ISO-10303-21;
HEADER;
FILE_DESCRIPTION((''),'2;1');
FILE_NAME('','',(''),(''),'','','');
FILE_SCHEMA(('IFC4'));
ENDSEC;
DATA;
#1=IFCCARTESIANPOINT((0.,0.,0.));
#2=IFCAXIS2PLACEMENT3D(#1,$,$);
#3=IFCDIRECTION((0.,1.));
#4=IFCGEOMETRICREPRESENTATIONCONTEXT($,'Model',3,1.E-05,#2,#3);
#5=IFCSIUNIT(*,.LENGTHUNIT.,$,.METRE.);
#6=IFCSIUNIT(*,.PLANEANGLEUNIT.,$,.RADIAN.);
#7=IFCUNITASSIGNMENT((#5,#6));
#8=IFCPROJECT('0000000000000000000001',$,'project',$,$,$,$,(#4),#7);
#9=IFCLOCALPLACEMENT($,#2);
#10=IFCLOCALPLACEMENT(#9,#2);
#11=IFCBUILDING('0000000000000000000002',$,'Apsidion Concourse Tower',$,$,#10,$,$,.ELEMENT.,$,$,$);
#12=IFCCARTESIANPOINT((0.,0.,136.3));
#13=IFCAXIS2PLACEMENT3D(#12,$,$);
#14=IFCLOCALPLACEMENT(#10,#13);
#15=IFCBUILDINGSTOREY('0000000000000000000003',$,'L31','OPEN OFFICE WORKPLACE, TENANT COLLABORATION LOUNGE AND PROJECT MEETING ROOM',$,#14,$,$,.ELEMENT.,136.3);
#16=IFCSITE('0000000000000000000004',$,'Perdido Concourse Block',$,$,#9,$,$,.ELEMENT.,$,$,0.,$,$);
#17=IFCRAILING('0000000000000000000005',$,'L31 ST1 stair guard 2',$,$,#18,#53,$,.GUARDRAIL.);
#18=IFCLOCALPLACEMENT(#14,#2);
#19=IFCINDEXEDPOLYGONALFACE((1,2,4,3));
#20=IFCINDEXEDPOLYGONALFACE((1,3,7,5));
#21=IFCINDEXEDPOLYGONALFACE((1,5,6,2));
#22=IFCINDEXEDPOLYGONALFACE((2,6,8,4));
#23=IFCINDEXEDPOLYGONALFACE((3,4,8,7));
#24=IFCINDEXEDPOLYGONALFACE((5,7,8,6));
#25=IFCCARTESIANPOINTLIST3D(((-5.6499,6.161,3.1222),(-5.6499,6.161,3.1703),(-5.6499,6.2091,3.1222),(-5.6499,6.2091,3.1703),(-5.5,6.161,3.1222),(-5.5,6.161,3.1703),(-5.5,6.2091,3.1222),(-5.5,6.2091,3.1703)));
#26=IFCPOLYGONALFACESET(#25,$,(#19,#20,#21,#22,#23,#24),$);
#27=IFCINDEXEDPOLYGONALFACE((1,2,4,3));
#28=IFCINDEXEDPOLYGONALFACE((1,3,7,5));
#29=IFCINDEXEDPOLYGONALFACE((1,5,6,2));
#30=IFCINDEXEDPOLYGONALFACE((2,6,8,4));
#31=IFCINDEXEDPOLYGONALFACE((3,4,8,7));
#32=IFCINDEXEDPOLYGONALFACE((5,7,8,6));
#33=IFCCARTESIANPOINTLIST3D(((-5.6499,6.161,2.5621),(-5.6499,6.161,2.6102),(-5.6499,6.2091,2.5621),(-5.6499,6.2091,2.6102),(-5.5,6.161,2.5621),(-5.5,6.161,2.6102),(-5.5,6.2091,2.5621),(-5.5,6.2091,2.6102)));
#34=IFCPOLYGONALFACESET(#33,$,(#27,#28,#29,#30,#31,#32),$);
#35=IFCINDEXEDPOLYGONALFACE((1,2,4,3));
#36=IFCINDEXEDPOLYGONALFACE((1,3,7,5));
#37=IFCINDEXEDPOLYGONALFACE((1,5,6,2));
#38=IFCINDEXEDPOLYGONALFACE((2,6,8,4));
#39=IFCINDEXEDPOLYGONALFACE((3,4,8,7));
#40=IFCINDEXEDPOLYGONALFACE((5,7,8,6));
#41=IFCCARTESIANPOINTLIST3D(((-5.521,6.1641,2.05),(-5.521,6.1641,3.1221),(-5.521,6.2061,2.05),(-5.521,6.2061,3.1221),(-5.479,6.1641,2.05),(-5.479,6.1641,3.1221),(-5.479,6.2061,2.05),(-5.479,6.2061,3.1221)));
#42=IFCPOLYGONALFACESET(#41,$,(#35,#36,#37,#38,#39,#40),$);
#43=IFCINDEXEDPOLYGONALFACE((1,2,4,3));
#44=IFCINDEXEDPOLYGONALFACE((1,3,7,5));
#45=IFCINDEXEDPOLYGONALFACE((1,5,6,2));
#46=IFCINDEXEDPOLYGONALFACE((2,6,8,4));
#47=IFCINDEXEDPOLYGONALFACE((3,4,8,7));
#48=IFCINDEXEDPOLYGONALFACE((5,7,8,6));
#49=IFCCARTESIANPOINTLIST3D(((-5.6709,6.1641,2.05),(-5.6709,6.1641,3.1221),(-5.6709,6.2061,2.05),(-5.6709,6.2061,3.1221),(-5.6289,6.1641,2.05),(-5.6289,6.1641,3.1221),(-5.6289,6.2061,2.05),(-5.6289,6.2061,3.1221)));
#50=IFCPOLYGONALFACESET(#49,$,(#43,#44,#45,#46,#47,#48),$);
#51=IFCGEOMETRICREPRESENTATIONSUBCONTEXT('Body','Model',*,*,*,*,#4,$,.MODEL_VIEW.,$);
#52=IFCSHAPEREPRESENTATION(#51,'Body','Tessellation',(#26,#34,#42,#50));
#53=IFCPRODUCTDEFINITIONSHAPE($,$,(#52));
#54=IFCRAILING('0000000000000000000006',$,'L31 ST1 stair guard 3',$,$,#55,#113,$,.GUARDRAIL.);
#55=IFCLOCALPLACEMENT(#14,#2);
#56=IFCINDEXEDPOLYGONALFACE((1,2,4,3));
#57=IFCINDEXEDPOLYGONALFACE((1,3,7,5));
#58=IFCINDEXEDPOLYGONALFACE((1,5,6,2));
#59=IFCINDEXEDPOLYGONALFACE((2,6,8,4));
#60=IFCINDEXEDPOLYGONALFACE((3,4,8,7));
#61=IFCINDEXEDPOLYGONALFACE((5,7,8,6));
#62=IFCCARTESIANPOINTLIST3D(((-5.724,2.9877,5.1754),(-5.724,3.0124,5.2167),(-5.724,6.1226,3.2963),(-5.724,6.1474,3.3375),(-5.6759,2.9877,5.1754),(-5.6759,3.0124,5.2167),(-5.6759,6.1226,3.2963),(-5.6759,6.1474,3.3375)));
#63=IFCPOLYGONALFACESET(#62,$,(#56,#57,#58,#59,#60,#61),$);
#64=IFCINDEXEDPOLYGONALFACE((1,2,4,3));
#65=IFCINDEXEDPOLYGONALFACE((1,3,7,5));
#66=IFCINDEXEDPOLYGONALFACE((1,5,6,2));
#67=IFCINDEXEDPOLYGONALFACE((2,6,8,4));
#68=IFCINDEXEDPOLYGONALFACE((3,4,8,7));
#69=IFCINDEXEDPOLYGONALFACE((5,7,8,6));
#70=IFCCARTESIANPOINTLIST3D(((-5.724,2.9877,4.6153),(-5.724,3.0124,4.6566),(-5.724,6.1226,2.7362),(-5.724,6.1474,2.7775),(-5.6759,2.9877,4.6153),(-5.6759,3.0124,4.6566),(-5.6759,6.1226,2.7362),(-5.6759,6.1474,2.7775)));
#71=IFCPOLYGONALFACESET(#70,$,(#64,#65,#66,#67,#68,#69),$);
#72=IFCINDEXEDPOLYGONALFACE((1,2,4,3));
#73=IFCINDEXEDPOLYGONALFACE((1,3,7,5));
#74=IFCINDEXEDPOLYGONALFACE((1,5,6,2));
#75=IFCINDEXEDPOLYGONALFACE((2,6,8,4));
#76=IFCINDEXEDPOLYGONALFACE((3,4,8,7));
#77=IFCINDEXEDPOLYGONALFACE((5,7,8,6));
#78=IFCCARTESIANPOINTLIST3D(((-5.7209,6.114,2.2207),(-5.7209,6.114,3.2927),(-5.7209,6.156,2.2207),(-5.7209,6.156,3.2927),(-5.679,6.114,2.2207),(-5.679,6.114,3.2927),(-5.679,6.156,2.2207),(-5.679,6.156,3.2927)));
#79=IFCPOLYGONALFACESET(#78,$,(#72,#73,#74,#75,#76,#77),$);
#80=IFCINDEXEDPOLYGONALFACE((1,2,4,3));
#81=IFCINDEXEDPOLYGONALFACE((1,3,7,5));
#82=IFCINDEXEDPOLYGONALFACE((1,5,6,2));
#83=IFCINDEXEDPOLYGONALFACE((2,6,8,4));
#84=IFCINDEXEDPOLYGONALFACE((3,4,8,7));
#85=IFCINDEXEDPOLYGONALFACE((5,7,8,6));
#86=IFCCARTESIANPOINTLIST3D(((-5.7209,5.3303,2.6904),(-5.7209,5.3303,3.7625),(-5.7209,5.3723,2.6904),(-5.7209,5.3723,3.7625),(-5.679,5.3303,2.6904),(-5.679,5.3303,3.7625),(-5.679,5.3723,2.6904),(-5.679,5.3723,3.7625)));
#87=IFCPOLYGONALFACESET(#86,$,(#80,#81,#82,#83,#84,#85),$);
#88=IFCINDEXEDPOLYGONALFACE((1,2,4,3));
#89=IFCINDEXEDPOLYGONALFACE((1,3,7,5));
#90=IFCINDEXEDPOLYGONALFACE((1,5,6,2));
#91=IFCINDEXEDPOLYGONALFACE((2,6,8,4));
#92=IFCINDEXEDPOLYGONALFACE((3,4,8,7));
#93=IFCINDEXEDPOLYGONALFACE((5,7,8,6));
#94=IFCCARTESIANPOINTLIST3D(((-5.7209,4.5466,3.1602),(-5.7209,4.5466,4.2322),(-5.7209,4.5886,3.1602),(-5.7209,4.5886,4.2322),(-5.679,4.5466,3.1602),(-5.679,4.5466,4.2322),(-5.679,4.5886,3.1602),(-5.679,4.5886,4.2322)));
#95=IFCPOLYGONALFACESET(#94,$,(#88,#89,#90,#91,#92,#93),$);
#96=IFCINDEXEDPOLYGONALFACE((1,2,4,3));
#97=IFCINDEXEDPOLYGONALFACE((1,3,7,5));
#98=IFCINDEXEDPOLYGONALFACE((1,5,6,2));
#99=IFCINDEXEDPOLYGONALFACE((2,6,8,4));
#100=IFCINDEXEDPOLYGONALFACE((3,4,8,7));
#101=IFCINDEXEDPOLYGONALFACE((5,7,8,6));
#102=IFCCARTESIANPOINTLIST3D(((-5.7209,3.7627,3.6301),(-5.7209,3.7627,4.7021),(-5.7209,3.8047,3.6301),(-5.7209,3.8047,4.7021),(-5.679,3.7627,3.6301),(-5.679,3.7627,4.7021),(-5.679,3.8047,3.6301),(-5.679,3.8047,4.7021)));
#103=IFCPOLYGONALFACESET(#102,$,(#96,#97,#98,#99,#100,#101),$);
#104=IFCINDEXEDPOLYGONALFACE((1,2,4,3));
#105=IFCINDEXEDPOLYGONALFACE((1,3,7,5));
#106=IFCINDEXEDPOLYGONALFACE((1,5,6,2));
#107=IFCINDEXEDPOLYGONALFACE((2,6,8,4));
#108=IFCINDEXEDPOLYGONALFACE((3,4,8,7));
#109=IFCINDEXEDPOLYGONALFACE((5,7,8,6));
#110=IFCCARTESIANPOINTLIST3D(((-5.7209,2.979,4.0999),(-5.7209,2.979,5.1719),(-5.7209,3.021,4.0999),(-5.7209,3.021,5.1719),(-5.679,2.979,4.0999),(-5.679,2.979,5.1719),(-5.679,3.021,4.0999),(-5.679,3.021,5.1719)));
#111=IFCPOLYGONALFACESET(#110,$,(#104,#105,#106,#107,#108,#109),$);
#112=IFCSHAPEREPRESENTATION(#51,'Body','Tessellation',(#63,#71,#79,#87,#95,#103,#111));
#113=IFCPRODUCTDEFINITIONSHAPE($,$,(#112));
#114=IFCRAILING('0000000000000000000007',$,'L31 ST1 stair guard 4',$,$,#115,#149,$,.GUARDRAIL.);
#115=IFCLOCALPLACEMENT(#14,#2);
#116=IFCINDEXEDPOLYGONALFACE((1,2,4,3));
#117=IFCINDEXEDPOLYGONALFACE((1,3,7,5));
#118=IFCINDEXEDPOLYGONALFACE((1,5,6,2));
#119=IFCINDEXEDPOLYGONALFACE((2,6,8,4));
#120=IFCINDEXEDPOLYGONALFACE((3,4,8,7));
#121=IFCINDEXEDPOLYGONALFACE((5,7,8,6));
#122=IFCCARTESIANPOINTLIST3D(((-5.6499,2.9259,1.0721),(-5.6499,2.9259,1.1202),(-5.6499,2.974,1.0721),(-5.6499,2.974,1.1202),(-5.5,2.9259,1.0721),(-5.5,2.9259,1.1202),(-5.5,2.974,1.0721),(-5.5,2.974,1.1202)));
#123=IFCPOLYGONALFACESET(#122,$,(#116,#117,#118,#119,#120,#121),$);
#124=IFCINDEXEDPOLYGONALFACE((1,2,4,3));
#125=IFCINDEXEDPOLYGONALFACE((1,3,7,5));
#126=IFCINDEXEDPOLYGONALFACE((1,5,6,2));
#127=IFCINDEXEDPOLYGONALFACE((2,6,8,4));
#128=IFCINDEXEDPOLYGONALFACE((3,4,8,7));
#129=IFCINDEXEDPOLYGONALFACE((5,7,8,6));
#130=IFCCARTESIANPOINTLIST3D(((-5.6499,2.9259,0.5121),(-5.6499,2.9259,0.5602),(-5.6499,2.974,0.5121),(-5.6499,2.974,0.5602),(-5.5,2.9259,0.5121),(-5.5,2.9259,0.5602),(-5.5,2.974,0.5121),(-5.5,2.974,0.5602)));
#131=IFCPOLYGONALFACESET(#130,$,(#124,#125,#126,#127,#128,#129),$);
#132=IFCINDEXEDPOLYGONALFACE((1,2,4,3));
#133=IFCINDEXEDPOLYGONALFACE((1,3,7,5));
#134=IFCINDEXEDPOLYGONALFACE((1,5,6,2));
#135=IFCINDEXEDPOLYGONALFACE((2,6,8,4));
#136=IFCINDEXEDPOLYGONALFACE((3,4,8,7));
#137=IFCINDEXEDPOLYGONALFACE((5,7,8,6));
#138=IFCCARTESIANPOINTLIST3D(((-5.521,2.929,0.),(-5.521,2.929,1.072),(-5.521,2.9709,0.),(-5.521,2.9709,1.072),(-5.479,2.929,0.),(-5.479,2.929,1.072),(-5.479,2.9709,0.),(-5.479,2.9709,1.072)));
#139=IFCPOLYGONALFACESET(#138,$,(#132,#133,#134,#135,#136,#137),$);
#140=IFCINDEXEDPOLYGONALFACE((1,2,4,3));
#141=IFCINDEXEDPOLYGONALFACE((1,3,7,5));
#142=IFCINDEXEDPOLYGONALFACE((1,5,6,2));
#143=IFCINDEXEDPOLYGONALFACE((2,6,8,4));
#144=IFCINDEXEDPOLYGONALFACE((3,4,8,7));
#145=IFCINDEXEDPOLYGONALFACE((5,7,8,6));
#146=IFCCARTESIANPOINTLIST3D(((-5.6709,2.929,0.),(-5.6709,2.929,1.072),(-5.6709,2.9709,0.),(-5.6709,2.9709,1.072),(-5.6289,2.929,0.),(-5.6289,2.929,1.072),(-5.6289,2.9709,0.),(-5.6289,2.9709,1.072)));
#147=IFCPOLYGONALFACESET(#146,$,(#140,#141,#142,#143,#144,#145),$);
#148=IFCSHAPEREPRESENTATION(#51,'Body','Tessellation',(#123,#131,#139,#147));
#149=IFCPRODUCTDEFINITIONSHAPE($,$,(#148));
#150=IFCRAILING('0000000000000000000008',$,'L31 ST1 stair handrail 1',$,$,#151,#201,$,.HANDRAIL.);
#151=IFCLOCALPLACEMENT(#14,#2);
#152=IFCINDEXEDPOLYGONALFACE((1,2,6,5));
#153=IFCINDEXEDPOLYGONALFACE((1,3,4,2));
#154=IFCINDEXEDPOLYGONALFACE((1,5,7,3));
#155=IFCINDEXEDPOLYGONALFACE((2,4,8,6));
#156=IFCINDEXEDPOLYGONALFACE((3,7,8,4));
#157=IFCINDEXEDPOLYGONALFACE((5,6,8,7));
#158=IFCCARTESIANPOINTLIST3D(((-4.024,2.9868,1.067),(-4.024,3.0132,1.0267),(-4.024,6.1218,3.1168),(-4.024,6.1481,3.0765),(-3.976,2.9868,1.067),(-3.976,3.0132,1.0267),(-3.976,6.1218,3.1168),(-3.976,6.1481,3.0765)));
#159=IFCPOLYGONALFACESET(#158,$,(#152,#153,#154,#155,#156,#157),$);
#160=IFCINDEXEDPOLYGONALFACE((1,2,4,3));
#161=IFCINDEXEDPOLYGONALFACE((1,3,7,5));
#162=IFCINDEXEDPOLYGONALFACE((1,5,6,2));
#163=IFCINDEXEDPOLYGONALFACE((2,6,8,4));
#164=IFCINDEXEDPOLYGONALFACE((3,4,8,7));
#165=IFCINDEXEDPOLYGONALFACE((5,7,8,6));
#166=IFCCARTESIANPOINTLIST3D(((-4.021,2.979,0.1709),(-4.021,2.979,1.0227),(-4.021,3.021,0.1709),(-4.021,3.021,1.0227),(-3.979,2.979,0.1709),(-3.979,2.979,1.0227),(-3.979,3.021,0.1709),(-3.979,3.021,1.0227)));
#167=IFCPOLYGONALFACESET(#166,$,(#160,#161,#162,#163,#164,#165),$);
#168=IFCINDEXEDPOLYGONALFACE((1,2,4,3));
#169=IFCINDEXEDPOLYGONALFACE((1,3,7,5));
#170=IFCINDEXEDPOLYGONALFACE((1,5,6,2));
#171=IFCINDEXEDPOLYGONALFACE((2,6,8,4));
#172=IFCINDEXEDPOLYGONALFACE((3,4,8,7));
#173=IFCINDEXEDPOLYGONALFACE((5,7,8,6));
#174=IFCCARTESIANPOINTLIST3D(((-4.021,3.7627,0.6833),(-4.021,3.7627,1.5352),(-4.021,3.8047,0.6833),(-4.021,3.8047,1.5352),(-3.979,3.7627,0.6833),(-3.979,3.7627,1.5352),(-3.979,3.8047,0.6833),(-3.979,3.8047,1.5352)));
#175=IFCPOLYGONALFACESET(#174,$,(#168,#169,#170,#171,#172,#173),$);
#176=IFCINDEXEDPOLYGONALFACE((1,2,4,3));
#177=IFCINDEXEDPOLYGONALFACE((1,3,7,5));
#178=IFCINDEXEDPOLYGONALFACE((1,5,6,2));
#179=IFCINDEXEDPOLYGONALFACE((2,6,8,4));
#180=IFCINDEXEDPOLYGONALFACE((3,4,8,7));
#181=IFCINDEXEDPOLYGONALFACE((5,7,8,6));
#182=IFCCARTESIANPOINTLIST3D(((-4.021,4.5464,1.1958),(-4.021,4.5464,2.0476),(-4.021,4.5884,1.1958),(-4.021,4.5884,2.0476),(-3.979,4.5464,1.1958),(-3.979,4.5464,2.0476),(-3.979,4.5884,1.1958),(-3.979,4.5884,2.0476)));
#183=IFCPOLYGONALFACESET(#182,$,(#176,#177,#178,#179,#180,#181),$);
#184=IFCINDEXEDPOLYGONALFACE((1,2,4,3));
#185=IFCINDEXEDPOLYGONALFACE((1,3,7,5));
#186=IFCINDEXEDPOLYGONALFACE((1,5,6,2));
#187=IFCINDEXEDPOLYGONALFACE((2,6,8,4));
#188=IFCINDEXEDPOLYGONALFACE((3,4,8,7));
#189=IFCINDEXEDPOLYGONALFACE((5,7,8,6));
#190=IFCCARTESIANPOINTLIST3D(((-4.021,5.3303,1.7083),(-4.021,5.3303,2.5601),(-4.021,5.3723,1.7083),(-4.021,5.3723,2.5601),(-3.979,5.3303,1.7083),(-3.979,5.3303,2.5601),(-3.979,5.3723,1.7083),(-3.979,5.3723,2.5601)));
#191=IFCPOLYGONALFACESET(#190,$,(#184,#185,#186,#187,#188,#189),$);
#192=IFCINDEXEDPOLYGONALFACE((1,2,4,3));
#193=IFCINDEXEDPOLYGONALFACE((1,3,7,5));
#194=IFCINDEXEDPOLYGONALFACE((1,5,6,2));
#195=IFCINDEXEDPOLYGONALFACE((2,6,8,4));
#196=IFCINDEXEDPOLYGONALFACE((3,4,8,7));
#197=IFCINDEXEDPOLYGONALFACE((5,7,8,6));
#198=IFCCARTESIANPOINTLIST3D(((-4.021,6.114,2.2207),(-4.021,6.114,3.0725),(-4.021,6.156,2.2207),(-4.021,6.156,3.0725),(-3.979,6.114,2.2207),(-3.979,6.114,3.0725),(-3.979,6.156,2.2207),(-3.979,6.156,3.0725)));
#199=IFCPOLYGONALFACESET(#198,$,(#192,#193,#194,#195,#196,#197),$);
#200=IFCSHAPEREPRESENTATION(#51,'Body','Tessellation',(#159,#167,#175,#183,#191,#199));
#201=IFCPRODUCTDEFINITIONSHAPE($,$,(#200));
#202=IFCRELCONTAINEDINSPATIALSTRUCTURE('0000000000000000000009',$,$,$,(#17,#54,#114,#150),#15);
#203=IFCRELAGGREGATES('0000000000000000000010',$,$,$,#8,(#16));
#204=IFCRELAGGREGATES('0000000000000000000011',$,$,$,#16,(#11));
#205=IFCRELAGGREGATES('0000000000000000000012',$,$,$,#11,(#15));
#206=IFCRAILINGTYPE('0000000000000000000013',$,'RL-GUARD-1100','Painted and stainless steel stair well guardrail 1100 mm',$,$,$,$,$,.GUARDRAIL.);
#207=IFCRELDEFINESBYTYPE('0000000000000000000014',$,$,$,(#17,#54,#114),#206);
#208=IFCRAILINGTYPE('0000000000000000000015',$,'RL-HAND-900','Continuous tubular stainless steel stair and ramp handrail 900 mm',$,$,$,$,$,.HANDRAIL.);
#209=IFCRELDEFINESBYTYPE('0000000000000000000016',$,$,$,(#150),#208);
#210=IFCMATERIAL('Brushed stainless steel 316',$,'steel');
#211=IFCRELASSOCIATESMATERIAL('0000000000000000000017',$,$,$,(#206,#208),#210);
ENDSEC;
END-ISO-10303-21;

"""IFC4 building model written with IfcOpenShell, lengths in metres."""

from ifc_helpers import new_model, si_unit, direction, frame, origin, origin_2d, place, context, subcontext, project, spatial, rectangle, extrude, material, type_object, element, save


model = new_model("IFC4")

# Units and contexts
model_context = context("Model", 3, precision=1e-05, world=origin(), true_north=direction((0.0, 1.0)))
body_context = subcontext(model_context, "Body", "Model", "MODEL_VIEW")
ifc_project = project(units=[si_unit("LENGTHUNIT", "METRE"), si_unit("PLANEANGLEUNIT", "RADIAN")], contexts=[model_context])

# Site, building, storey
site_placement = place(None, origin())
site = spatial("IfcSite", under=ifc_project, at=site_placement, Name="Perdido Concourse Block", CompositionType="ELEMENT", RefElevation=0.0)
building_placement = place(site_placement, origin())
building = spatial("IfcBuilding", under=site, at=building_placement, Name="Apsidion Concourse Tower", CompositionType="ELEMENT")
storey_placement = place(building_placement, frame((0.0, 0.0, 136.3)))
storey = spatial("IfcBuildingStorey", under=building, at=storey_placement, Name="L31", Description="OPEN OFFICE WORKPLACE, TENANT COLLABORATION LOUNGE AND PROJECT MEETING ROOM", CompositionType="ELEMENT", Elevation=136.3)

# Shared definitions
ifc_material_1 = material(Name="Brushed stainless steel 316", Category="steel")

# Railings
railing_type_1 = type_object("IfcRailingType", Name="RL-GUARD-1100", Description="Painted and stainless steel stair well guardrail 1100 mm", PredefinedType="GUARDRAIL", material=ifc_material_1)
railing_1_placement = place(storey_placement, frame((-5.5, 6.1851, 2.05)))
element("IfcRailing", 1, at=railing_1_placement, inside=storey, type_object=railing_type_1, Name="L31 ST1 stair guard 2", PredefinedType="GUARDRAIL", context=body_context, shape_type="SweptSolid", body=[
    extrude(rectangle(XDim=0.0481, YDim=0.0481, at=origin_2d()), frame((0.0, 0.0, 1.0962), z_axis=(-1.0, 0.0, 0.0), x_axis=(0.0, -1.0, 0.0)), (0.0, 0.0, 1.0), 0.1499),
    extrude(rectangle(XDim=0.0481, YDim=0.0481, at=origin_2d()), frame((0.0, 0.0, 0.5361), z_axis=(-1.0, 0.0, 0.0), x_axis=(0.0, -1.0, 0.0)), (0.0, 0.0, 1.0), 0.1499),
    extrude(rectangle(XDim=0.042, YDim=0.042, at=origin_2d()), origin(), (0.0, 0.0, 1.0), 1.072),
    extrude(rectangle(XDim=0.042, YDim=0.042, at=origin_2d()), frame((-0.1499, 0.0, 0.0)), (0.0, 0.0, 1.0), 1.072),
])
railing_2_placement = place(storey_placement, frame((-5.7, 6.135, 2.2207)))
element("IfcRailing", 2, at=railing_2_placement, inside=storey, type_object=railing_type_1, Name="L31 ST1 stair guard 3", PredefinedType="GUARDRAIL", context=body_context, shape_type="SweptSolid", body=[
    extrude(rectangle(XDim=0.0481, YDim=0.0481, at=origin_2d()), frame((0.0, 0.0, 1.0962), z_axis=(0.0, -0.857717, 0.514122), x_axis=(1.0, 0.0, 0.0)), (0.0, 0.0, 1.0), 3.655),
    extrude(rectangle(XDim=0.0481, YDim=0.0481, at=origin_2d()), frame((0.0, 0.0, 0.5361), z_axis=(0.0, -0.857717, 0.514122), x_axis=(1.0, 0.0, 0.0)), (0.0, 0.0, 1.0), 3.655),
    extrude(rectangle(XDim=0.042, YDim=0.042, at=origin_2d()), origin(), (0.0, 0.0, 1.0), 1.072),
    extrude(rectangle(XDim=0.042, YDim=0.042, at=origin_2d()), frame((0.0, -0.7837, 0.4697)), (0.0, 0.0, 1.0), 1.072),
    extrude(rectangle(XDim=0.042, YDim=0.042, at=origin_2d()), frame((0.0, -1.5674, 0.9395)), (0.0, 0.0, 1.0), 1.072),
    extrude(rectangle(XDim=0.042, YDim=0.042, at=origin_2d()), frame((0.0, -2.3513, 1.4094)), (0.0, 0.0, 1.0), 1.072),
    extrude(rectangle(XDim=0.042, YDim=0.042, at=origin_2d()), frame((0.0, -3.135, 1.8792)), (0.0, 0.0, 1.0), 1.072),
])
railing_3_placement = place(storey_placement, frame((-5.5, 2.95, 0.0)))
element("IfcRailing", 3, at=railing_3_placement, inside=storey, type_object=railing_type_1, Name="L31 ST1 stair guard 4", PredefinedType="GUARDRAIL", context=body_context, shape_type="SweptSolid", body=[
    extrude(rectangle(XDim=0.0481, YDim=0.0481, at=origin_2d()), frame((0.0, 0.0, 1.0962), z_axis=(-1.0, 0.0, 0.0), x_axis=(0.0, -1.0, 0.0)), (0.0, 0.0, 1.0), 0.1499),
    extrude(rectangle(XDim=0.0481, YDim=0.0481, at=origin_2d()), frame((0.0, 0.0, 0.5361), z_axis=(-1.0, 0.0, 0.0), x_axis=(0.0, -1.0, 0.0)), (0.0, 0.0, 1.0), 0.1499),
    extrude(rectangle(XDim=0.042, YDim=0.042, at=origin_2d()), origin(), (0.0, 0.0, 1.0), 1.072),
    extrude(rectangle(XDim=0.042, YDim=0.042, at=origin_2d()), frame((-0.1499, 0.0, 0.0)), (0.0, 0.0, 1.0), 1.072),
])
railing_type_2 = type_object("IfcRailingType", Name="RL-HAND-900", Description="Continuous tubular stainless steel stair and ramp handrail 900 mm", PredefinedType="HANDRAIL", material=ifc_material_1)
railing_4_placement = place(storey_placement, frame((-4.0, 3.0, 0.1709)))
element("IfcRailing", 4, at=railing_4_placement, inside=storey, type_object=railing_type_2, Name="L31 ST1 stair handrail 1", PredefinedType="HANDRAIL", context=body_context, shape_type="SweptSolid", body=[
    extrude(rectangle(XDim=0.0481, YDim=0.0481, at=origin_2d()), frame((0.0, 0.0, 0.876), z_axis=(0.0, 0.836971, 0.547248), x_axis=(-1.0, 0.0, 0.0)), (0.0, 0.0, 1.0), 3.7456),
    extrude(rectangle(XDim=0.042, YDim=0.042, at=origin_2d()), origin(), (0.0, 0.0, 1.0), 0.8518),
    extrude(rectangle(XDim=0.042, YDim=0.042, at=origin_2d()), frame((0.0, 0.7837, 0.5125)), (0.0, 0.0, 1.0), 0.8518),
    extrude(rectangle(XDim=0.042, YDim=0.042, at=origin_2d()), frame((0.0, 1.5674, 1.0249)), (0.0, 0.0, 1.0), 0.8518),
    extrude(rectangle(XDim=0.042, YDim=0.042, at=origin_2d()), frame((0.0, 2.3513, 1.5374)), (0.0, 0.0, 1.0), 0.8518),
    extrude(rectangle(XDim=0.042, YDim=0.042, at=origin_2d()), frame((0.0, 3.135, 2.0498)), (0.0, 0.0, 1.0), 0.8518),
])

save(model, "model.ifc")
